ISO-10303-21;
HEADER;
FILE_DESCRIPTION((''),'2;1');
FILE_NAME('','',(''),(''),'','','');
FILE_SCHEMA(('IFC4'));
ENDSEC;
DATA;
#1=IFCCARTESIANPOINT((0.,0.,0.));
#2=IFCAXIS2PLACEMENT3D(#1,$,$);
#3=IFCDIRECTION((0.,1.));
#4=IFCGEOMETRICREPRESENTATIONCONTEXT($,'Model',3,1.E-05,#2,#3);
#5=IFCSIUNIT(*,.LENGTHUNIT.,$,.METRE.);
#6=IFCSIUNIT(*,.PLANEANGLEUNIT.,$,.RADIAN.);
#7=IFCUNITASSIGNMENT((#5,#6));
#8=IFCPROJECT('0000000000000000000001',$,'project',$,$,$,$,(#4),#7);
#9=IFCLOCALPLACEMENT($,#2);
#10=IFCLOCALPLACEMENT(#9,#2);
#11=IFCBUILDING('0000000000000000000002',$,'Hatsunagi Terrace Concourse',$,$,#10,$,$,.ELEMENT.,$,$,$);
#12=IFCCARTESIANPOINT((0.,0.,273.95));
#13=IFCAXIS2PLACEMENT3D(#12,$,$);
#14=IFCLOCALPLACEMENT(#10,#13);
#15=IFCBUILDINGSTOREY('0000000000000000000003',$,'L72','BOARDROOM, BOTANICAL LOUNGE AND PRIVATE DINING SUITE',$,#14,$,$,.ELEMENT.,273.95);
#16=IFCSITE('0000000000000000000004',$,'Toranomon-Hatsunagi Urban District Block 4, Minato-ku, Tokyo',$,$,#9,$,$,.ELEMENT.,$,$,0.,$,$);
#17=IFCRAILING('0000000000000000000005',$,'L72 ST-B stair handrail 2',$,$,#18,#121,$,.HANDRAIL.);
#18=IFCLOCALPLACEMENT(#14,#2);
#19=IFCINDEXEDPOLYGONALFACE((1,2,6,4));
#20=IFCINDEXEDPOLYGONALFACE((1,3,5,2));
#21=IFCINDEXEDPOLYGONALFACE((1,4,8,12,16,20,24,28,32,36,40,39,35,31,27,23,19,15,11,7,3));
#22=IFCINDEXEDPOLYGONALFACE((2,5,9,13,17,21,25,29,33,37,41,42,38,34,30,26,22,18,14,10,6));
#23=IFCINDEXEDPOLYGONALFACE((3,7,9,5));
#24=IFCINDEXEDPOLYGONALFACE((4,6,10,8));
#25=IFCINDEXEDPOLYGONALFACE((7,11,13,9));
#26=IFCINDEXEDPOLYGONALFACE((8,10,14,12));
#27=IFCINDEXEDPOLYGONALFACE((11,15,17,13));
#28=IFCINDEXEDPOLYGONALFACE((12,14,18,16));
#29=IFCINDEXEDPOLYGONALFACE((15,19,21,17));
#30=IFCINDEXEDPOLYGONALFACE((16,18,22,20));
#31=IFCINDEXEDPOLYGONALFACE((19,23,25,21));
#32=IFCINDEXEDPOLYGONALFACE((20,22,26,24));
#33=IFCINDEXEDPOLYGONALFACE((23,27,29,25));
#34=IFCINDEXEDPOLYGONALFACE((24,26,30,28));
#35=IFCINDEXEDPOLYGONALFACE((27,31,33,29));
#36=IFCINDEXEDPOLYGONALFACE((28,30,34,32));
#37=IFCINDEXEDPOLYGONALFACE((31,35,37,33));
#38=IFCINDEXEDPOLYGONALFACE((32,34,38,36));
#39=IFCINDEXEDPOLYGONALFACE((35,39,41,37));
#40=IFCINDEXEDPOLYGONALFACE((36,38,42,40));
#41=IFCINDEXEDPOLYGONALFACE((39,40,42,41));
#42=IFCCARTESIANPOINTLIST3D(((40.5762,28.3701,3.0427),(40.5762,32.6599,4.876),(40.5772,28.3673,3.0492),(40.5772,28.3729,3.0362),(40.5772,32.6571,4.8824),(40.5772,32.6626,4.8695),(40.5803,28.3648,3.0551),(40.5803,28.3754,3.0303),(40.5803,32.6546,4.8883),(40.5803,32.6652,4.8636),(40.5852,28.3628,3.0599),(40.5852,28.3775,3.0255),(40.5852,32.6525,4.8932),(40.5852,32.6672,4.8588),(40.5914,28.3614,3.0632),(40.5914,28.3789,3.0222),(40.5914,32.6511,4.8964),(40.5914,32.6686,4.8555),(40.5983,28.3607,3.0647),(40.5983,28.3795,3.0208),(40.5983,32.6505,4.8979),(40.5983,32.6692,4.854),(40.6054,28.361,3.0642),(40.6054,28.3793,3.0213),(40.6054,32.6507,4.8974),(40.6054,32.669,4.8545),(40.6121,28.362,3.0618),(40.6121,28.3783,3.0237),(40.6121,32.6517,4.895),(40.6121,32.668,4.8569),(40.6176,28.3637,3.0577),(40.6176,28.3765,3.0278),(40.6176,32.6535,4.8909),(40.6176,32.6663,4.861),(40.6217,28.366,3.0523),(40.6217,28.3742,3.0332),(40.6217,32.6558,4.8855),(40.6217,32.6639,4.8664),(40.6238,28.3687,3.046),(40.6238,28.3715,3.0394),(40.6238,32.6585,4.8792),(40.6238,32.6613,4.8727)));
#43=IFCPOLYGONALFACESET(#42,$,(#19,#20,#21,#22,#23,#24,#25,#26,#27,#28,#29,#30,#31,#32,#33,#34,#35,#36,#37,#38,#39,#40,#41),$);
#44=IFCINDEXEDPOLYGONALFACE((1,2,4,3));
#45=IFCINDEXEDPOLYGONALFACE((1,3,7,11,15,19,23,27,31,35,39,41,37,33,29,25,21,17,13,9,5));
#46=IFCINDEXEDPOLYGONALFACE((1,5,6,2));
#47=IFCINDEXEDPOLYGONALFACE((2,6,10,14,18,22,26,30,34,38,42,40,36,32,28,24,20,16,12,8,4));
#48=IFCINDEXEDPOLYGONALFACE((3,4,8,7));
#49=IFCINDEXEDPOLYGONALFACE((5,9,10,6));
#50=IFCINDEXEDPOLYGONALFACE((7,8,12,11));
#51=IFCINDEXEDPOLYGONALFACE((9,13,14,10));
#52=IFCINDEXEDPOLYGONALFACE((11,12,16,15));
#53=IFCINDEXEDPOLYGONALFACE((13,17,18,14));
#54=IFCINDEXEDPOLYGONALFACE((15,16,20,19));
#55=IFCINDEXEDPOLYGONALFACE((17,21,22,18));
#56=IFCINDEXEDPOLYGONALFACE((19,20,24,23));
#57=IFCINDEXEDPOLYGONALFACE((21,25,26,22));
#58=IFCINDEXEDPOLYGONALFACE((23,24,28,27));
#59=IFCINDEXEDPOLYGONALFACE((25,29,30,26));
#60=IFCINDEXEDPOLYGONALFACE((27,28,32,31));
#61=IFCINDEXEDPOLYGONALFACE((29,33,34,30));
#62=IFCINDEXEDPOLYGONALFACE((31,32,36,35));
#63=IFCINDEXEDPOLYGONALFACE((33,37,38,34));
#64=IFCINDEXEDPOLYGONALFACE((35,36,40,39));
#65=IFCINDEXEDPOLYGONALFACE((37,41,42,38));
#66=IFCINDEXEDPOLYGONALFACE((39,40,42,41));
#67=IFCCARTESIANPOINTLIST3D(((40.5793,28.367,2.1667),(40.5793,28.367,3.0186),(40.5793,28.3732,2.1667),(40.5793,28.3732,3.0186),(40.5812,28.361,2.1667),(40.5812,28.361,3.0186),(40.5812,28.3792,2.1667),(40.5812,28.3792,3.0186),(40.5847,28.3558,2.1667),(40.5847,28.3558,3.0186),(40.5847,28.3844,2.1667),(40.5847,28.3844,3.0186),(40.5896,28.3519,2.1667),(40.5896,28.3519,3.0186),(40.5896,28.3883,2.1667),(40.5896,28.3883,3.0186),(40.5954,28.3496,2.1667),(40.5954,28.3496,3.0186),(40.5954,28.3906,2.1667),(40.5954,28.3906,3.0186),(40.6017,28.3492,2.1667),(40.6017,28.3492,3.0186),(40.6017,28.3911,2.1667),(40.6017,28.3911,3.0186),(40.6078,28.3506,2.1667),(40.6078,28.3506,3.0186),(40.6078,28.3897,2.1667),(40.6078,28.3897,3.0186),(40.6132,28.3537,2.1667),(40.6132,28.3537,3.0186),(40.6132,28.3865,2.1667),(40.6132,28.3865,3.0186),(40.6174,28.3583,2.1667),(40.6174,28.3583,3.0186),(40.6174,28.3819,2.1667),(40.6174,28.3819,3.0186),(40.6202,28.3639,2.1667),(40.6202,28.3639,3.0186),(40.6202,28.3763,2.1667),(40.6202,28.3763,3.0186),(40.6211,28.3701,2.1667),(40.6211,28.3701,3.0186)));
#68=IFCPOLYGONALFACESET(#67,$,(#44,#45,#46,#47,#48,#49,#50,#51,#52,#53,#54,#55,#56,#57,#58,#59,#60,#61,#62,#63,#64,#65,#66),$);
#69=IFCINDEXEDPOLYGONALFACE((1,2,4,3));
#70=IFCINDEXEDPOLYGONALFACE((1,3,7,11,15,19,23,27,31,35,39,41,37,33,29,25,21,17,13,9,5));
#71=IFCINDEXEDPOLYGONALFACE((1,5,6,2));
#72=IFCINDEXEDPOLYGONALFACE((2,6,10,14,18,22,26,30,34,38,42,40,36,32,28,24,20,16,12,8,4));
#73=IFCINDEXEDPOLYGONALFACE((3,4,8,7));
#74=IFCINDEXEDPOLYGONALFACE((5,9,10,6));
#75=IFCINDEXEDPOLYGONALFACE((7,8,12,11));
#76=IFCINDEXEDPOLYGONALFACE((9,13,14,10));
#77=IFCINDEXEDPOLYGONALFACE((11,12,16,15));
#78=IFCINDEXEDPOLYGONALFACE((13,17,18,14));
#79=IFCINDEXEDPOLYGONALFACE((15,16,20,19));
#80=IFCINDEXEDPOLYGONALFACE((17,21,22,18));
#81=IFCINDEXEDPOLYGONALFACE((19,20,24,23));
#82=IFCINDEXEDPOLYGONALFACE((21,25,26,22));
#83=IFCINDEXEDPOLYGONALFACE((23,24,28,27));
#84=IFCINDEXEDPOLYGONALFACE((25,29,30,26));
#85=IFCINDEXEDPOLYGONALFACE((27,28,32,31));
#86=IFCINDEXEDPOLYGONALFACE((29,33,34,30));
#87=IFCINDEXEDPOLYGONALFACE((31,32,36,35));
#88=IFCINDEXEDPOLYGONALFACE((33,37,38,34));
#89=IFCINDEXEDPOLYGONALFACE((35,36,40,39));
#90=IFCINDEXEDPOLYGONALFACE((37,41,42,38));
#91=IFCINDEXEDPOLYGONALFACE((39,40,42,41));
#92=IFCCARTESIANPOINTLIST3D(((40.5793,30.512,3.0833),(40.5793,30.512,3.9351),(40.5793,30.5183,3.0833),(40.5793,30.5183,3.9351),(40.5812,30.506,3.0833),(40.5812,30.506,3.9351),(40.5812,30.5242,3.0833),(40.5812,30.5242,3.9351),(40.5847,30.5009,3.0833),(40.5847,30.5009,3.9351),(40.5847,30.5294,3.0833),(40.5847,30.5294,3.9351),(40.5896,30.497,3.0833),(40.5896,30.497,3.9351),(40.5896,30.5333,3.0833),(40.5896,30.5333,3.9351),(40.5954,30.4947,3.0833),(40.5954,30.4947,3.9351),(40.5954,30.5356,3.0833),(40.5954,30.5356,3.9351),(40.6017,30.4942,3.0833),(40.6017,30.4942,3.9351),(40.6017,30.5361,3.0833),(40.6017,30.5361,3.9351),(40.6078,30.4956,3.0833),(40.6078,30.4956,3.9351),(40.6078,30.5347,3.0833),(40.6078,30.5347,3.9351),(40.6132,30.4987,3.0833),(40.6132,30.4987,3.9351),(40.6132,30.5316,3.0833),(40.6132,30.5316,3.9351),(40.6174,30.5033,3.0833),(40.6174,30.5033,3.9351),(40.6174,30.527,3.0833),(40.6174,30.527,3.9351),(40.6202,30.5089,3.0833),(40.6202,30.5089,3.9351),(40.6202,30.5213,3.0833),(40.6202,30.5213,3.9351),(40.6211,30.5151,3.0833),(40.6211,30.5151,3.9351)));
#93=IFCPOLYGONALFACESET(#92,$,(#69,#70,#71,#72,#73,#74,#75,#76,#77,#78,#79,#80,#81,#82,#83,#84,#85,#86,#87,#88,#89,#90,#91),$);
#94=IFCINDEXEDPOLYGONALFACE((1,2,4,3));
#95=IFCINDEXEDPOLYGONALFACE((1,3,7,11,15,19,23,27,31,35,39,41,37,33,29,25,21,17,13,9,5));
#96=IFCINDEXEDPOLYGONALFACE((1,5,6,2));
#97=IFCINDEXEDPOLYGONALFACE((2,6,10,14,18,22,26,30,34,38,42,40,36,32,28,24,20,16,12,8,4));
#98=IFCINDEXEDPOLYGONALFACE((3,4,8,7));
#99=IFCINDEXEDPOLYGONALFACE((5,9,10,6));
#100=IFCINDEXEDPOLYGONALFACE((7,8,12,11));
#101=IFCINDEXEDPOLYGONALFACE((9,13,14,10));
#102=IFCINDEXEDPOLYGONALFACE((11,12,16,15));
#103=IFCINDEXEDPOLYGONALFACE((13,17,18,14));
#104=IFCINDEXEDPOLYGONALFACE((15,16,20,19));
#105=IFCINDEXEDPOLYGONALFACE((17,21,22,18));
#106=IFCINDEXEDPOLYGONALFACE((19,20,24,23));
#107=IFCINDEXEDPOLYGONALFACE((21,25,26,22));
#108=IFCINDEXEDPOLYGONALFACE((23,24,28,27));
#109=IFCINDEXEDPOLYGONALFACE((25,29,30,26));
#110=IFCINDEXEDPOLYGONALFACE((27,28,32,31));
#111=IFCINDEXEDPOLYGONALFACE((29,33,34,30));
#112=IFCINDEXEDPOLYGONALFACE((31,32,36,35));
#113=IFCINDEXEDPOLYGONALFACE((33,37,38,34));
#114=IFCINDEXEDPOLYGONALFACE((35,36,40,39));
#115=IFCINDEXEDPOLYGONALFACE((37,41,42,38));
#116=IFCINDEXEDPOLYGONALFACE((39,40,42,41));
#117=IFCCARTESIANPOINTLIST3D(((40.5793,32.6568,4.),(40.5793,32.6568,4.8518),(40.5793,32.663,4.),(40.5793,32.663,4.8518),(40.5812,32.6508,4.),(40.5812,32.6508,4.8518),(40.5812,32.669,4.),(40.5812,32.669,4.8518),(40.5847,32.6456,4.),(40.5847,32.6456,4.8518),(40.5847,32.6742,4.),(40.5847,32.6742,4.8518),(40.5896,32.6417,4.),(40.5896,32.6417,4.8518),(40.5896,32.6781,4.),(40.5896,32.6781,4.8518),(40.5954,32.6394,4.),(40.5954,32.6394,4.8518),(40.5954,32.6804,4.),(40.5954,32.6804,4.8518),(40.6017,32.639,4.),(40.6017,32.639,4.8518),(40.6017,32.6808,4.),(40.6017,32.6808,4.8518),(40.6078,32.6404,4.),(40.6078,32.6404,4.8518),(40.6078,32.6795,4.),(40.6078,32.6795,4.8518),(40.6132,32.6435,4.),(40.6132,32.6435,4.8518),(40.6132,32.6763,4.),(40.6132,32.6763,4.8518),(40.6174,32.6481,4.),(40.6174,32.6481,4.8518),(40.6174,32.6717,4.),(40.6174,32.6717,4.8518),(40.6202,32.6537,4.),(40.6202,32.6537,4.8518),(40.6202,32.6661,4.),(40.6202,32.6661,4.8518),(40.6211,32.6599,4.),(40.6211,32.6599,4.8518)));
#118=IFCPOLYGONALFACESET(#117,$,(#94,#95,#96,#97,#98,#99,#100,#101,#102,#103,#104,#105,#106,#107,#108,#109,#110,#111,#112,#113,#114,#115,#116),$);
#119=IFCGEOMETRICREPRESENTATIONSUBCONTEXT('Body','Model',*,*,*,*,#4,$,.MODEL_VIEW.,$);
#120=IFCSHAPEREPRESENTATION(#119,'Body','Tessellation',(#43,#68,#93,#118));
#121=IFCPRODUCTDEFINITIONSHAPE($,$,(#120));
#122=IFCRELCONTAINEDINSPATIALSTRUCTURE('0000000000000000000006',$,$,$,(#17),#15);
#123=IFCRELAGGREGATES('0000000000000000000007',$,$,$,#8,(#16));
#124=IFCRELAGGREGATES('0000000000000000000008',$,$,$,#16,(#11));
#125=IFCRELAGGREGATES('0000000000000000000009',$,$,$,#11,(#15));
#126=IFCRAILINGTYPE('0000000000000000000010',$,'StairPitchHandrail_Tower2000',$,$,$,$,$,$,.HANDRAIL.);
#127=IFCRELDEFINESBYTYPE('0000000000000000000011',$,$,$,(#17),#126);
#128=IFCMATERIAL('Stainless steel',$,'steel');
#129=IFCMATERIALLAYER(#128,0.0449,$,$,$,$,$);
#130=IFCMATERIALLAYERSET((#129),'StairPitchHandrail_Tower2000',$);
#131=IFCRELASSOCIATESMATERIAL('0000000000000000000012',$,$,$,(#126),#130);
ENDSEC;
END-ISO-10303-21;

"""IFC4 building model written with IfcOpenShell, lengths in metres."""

from ifc_helpers import new_model, si_unit, direction, frame, origin, origin_2d, place, context, subcontext, project, spatial, circle, extrude, material, layer, layer_set, type_object, element, save


model = new_model("IFC4")

# Units and contexts
model_context = context("Model", 3, precision=1e-05, world=origin(), true_north=direction((0.0, 1.0)))
body_context = subcontext(model_context, "Body", "Model", "MODEL_VIEW")
ifc_project = project(units=[si_unit("LENGTHUNIT", "METRE"), si_unit("PLANEANGLEUNIT", "RADIAN")], contexts=[model_context])

# Site, building, storey
site_placement = place(None, origin())
site = spatial("IfcSite", under=ifc_project, at=site_placement, Name="Toranomon-Hatsunagi Urban District Block 4, Minato-ku, Tokyo", CompositionType="ELEMENT", RefElevation=0.0)
building_placement = place(site_placement, origin())
building = spatial("IfcBuilding", under=site, at=building_placement, Name="Hatsunagi Terrace Concourse", CompositionType="ELEMENT")
storey_placement = place(building_placement, frame((0.0, 0.0, 273.95)))
storey = spatial("IfcBuildingStorey", under=building, at=storey_placement, Name="L72", Description="BOARDROOM, BOTANICAL LOUNGE AND PRIVATE DINING SUITE", CompositionType="ELEMENT", Elevation=273.95)

# Railing
ifc_material_1 = material(Name="Stainless steel", Category="steel")
ifc_layer_1 = layer(ifc_material_1, 0.0449)
ifc_layer_set_1 = layer_set([ifc_layer_1], Name="StairPitchHandrail_Tower2000")
railing_type_1 = type_object("IfcRailingType", Name="StairPitchHandrail_Tower2000", PredefinedType="HANDRAIL", material=ifc_layer_set_1)
railing_1_placement = place(storey_placement, frame((40.6001, 28.3701, 2.1667)))
element("IfcRailing", 1, at=railing_1_placement, inside=storey, type_object=railing_type_1, Name="L72 ST-B stair handrail 2", PredefinedType="HANDRAIL", context=body_context, shape_type="SweptSolid", body=[
    extrude(circle(Radius=0.0239, at=origin_2d()), frame((0.0, 0.0, 0.876), z_axis=(0.0, 0.919551, 0.392972), x_axis=(-1.0, 0.0, 0.0)), (0.0, 0.0, 1.0), 4.665),
    extrude(circle(Radius=0.021, at=origin_2d()), origin(), (0.0, 0.0, 1.0), 0.8518),
    extrude(circle(Radius=0.021, at=origin_2d()), frame((0.0, 2.145, 0.9165)), (0.0, 0.0, 1.0), 0.8518),
    extrude(circle(Radius=0.021, at=origin_2d()), frame((0.0, 4.2898, 1.8333)), (0.0, 0.0, 1.0), 0.8518),
])

save(model, "model.ifc")
